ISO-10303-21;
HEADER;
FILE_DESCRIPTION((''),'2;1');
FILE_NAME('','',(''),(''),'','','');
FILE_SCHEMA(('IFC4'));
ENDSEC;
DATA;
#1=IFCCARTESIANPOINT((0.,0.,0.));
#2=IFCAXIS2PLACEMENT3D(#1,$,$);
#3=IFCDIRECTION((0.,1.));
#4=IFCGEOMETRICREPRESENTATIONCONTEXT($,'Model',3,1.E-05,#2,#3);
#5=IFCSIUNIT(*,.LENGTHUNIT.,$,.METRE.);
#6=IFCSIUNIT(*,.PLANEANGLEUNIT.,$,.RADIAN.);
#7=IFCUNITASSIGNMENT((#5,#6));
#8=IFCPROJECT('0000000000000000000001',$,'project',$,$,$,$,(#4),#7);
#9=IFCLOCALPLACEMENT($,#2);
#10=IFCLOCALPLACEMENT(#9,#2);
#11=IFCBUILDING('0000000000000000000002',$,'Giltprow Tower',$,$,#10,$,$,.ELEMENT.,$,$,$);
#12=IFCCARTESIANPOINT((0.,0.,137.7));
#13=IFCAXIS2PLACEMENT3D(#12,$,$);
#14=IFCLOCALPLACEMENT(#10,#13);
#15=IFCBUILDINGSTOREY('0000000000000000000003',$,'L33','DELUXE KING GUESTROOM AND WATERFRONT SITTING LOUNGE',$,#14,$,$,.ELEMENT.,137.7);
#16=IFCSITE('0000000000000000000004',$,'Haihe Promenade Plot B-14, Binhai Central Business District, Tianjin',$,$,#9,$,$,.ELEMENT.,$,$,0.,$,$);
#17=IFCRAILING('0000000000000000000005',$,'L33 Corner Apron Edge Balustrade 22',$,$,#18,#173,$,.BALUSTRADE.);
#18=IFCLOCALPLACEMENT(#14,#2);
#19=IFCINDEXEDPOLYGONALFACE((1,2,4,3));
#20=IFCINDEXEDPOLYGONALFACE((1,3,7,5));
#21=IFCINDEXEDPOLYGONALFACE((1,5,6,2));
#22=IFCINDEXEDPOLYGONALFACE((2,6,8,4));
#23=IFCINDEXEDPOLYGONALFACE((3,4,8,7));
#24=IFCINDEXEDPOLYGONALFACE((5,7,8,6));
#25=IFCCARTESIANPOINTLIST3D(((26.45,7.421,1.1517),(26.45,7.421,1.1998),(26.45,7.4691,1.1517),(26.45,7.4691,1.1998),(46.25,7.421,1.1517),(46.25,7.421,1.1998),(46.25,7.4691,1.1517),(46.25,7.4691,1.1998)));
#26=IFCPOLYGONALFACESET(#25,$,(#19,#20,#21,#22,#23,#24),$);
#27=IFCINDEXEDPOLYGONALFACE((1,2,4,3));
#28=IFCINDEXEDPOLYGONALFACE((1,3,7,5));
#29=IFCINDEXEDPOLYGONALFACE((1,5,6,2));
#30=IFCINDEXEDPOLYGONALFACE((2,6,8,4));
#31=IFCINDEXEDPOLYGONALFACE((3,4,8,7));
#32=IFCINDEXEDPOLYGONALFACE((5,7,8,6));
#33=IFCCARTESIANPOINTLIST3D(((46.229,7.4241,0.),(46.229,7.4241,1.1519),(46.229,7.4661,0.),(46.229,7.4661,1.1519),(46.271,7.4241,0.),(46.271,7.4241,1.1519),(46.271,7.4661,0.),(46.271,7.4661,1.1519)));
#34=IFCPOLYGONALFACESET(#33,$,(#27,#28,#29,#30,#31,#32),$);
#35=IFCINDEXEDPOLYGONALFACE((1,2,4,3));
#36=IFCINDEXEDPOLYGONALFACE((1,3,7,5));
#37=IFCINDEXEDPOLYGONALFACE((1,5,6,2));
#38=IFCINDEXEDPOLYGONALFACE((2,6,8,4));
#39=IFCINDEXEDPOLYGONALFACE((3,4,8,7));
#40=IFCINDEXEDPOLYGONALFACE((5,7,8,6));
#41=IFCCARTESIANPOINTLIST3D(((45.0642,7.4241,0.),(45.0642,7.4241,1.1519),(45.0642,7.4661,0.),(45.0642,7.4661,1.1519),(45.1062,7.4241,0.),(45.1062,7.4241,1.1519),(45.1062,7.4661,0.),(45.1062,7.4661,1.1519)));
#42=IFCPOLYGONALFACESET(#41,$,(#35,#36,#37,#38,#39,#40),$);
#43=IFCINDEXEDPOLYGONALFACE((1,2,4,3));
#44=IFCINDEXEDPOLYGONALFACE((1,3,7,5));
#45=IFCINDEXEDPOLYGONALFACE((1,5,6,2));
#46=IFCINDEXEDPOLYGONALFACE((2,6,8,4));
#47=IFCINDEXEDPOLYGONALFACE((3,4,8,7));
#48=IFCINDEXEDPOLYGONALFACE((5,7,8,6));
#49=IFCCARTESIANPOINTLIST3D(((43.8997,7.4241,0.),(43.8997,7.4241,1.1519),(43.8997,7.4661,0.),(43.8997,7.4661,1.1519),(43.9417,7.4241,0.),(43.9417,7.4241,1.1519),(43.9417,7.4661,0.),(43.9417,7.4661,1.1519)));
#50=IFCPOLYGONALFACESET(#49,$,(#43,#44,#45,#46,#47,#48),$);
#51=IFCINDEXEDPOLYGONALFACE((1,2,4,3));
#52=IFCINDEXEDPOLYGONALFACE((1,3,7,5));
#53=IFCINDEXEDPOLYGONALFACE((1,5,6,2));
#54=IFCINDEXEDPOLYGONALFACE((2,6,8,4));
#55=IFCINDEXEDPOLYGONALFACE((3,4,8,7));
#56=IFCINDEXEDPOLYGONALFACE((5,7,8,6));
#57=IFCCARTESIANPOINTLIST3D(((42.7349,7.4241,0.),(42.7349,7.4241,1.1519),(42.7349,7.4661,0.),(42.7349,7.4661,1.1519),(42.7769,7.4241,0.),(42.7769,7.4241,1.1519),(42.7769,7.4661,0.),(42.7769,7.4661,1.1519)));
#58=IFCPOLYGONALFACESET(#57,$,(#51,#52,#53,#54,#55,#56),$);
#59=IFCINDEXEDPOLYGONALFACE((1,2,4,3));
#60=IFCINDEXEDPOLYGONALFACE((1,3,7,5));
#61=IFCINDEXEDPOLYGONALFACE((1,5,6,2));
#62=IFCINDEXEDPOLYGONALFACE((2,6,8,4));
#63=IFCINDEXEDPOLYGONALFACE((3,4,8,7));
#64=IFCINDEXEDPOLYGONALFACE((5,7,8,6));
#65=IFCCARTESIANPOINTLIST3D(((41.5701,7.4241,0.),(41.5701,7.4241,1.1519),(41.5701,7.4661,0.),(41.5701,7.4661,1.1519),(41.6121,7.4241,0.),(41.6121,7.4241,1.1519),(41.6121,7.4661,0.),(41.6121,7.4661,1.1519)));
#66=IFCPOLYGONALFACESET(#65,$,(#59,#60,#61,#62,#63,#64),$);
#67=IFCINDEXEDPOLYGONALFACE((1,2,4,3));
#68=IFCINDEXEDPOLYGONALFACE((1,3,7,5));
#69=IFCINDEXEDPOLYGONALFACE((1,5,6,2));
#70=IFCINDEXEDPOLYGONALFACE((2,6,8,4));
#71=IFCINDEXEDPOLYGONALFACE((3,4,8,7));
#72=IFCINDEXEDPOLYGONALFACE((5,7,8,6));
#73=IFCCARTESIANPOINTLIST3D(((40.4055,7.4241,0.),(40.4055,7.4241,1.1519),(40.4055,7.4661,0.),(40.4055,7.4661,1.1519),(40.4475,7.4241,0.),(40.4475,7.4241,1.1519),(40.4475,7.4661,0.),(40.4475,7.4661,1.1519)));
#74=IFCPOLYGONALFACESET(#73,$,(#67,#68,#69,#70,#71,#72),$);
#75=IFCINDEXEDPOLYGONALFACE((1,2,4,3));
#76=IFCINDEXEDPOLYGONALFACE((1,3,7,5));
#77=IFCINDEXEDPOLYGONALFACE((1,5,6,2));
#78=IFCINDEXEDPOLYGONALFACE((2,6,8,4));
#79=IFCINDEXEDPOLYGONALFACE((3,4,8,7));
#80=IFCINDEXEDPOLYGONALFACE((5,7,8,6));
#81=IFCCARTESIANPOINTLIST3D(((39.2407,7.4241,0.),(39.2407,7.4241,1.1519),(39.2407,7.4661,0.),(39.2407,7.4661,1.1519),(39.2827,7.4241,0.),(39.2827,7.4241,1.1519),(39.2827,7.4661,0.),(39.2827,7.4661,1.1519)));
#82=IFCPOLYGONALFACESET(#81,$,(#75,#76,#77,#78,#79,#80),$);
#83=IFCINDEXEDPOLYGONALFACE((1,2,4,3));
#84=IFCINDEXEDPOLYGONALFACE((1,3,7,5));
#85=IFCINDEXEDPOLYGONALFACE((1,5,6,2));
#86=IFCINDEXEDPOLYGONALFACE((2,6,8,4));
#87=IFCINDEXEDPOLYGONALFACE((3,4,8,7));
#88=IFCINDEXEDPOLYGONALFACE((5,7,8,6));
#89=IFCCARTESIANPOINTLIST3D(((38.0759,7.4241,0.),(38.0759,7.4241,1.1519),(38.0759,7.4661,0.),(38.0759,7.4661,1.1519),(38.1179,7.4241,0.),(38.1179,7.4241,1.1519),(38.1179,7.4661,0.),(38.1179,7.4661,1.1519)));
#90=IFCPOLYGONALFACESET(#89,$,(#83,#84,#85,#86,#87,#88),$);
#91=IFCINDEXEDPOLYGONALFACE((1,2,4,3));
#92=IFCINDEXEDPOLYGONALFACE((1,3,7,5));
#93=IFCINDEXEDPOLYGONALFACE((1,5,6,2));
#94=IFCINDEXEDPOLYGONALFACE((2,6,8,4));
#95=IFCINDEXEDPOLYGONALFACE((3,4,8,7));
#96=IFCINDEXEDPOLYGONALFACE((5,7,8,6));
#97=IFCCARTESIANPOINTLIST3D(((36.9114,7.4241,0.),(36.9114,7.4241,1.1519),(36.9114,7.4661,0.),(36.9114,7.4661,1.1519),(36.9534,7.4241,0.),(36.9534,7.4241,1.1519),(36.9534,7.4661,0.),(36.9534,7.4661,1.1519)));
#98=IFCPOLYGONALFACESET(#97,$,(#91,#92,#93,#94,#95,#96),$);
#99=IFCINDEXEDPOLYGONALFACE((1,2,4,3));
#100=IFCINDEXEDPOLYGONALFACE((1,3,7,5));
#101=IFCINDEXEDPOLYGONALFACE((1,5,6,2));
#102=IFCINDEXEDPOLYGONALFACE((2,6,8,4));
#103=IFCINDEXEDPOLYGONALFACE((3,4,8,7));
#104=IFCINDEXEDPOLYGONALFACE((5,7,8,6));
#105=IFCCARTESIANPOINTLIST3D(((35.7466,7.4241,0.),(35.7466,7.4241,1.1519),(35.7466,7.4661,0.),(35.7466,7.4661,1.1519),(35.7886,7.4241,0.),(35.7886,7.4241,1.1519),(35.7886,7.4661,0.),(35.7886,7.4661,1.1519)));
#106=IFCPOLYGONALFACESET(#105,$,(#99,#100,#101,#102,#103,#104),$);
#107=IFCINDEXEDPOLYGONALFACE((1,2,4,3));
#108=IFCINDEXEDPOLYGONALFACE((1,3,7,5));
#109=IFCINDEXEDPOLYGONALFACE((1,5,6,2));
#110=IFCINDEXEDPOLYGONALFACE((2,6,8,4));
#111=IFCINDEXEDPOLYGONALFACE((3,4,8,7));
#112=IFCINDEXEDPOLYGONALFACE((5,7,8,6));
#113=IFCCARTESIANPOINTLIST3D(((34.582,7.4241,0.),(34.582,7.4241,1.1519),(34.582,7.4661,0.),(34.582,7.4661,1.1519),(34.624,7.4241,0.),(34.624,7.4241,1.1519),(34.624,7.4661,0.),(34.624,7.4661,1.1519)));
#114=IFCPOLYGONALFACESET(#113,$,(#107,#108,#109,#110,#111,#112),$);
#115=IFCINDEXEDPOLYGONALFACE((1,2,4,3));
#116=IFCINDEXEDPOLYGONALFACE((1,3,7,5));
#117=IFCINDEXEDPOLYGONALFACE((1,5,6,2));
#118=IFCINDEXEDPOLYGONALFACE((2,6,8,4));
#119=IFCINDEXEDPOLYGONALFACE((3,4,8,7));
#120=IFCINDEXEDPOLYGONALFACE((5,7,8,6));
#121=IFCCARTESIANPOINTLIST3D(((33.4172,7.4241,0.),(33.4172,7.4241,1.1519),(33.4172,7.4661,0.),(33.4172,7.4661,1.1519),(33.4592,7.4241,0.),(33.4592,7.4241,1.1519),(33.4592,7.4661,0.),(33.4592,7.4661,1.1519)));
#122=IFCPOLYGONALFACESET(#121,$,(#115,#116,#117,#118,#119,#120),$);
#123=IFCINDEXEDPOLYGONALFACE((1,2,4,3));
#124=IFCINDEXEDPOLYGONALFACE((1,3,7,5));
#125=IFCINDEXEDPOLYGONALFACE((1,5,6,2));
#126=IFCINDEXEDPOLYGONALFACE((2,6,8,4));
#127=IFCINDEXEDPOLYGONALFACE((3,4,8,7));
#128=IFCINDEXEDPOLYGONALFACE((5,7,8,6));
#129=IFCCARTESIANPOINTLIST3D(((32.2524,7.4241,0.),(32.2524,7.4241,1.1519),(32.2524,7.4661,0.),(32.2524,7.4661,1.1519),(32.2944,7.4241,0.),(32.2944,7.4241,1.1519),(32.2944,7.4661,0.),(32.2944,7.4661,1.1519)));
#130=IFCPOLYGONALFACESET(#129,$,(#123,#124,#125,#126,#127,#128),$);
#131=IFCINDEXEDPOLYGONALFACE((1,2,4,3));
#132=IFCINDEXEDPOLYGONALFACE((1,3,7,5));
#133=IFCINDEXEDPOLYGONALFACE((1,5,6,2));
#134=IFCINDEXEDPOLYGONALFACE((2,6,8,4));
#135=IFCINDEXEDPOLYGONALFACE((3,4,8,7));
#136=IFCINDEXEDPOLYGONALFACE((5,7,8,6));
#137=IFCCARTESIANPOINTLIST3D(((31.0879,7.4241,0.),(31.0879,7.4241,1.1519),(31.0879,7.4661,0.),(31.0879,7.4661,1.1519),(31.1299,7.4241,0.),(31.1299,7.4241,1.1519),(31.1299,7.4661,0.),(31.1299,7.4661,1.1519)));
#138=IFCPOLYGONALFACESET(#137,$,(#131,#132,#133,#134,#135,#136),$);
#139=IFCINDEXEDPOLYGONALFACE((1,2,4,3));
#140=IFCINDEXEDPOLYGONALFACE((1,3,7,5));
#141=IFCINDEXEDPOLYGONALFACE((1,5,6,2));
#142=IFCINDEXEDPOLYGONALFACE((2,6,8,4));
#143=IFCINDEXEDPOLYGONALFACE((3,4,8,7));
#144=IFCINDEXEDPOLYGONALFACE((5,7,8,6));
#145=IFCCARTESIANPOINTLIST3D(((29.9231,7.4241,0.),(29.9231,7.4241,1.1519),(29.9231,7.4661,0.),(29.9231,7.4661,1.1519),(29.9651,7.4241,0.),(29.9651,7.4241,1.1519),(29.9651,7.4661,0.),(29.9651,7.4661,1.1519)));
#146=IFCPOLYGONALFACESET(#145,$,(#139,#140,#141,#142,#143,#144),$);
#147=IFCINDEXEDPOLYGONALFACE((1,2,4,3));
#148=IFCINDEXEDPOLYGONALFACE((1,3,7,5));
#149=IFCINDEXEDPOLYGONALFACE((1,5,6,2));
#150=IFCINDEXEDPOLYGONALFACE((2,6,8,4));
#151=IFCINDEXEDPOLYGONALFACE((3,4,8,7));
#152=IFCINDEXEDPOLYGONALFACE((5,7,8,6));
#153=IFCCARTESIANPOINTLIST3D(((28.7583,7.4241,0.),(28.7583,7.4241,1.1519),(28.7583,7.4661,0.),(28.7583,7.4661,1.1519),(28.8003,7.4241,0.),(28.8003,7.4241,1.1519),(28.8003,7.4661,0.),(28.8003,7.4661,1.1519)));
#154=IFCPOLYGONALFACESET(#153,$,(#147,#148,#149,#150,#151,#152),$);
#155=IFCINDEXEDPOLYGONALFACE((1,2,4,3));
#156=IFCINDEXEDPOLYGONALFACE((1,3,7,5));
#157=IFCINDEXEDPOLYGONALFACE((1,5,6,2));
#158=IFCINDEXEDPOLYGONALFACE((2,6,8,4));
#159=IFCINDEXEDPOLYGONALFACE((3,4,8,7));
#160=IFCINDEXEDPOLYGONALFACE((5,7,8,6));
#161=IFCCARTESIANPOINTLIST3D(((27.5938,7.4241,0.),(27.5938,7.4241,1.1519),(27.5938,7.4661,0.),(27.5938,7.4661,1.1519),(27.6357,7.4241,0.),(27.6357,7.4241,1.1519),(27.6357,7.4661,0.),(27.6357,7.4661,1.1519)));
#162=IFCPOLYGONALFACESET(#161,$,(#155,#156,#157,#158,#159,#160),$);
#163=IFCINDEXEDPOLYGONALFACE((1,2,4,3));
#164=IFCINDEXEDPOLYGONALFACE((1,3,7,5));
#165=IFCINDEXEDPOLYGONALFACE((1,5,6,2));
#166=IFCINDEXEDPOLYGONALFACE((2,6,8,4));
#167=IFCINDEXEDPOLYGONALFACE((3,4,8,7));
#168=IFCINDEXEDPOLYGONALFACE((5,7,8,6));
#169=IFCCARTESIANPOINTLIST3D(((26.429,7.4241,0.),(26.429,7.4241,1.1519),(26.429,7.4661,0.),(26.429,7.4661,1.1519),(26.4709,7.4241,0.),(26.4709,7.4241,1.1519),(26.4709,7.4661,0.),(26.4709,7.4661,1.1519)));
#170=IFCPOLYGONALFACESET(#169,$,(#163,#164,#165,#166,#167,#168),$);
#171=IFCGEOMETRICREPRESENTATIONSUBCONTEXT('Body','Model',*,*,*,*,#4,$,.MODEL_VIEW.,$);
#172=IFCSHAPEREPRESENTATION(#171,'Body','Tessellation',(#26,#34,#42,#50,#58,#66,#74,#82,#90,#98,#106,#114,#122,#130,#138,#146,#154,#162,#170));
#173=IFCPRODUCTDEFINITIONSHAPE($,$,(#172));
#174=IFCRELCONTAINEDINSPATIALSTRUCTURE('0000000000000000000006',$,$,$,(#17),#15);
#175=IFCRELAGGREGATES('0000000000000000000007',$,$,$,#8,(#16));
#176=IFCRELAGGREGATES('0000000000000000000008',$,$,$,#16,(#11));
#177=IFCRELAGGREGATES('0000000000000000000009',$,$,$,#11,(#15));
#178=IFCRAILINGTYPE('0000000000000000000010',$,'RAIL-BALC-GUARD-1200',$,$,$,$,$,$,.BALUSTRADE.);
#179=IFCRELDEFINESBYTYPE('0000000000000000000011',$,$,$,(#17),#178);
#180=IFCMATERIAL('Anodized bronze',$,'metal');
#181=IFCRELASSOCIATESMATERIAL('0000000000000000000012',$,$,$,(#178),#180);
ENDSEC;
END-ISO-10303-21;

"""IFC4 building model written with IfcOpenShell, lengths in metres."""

from ifc_helpers import new_model, si_unit, direction, frame, origin, origin_2d, place, context, subcontext, project, spatial, rectangle, extrude, material, type_object, element, save


model = new_model("IFC4")

# Units and contexts
model_context = context("Model", 3, precision=1e-05, world=origin(), true_north=direction((0.0, 1.0)))
body_context = subcontext(model_context, "Body", "Model", "MODEL_VIEW")
ifc_project = project(units=[si_unit("LENGTHUNIT", "METRE"), si_unit("PLANEANGLEUNIT", "RADIAN")], contexts=[model_context])

# Site, building, storey
site_placement = place(None, origin())
site = spatial("IfcSite", under=ifc_project, at=site_placement, Name="Haihe Promenade Plot B-14, Binhai Central Business District, Tianjin", CompositionType="ELEMENT", RefElevation=0.0)
building_placement = place(site_placement, origin())
building = spatial("IfcBuilding", under=site, at=building_placement, Name="Giltprow Tower", CompositionType="ELEMENT")
storey_placement = place(building_placement, frame((0.0, 0.0, 137.7)))
storey = spatial("IfcBuildingStorey", under=building, at=storey_placement, Name="L33", Description="DELUXE KING GUESTROOM AND WATERFRONT SITTING LOUNGE", CompositionType="ELEMENT", Elevation=137.7)

# Shared definitions
ifc_material_1 = material(Name="Anodized bronze", Category="metal")

# Railing
railing_type = type_object("IfcRailingType", Name="RAIL-BALC-GUARD-1200", PredefinedType="BALUSTRADE", material=ifc_material_1)
railing_1_placement = place(storey_placement, frame((46.25, 7.4451, 0.0)))
element("IfcRailing", 1, at=railing_1_placement, inside=storey, type_object=railing_type, Name="L33 Corner Apron Edge Balustrade 22", PredefinedType="BALUSTRADE", context=body_context, shape_type="SweptSolid", body=[
    extrude(rectangle(XDim=0.0481, YDim=0.0481, at=origin_2d()), frame((0.0, 0.0, 1.1758), z_axis=(-1.0, 0.0, 0.0), x_axis=(0.0, -1.0, 0.0)), (0.0, 0.0, 1.0), 19.8),
    extrude(rectangle(XDim=0.042, YDim=0.042, at=origin_2d()), origin(), (0.0, 0.0, 1.0), 1.1519),
    extrude(rectangle(XDim=0.042, YDim=0.042, at=origin_2d()), frame((-1.1648, 0.0, 0.0)), (0.0, 0.0, 1.0), 1.1519),
    extrude(rectangle(XDim=0.042, YDim=0.042, at=origin_2d()), frame((-2.3293, 0.0, 0.0)), (0.0, 0.0, 1.0), 1.1519),
    extrude(rectangle(XDim=0.042, YDim=0.042, at=origin_2d()), frame((-3.4941, 0.0, 0.0)), (0.0, 0.0, 1.0), 1.1519),
    extrude(rectangle(XDim=0.042, YDim=0.042, at=origin_2d()), frame((-4.6589, 0.0, 0.0)), (0.0, 0.0, 1.0), 1.1519),
    extrude(rectangle(XDim=0.042, YDim=0.042, at=origin_2d()), frame((-5.8235, 0.0, 0.0)), (0.0, 0.0, 1.0), 1.1519),
    extrude(rectangle(XDim=0.042, YDim=0.042, at=origin_2d()), frame((-6.9883, 0.0, 0.0)), (0.0, 0.0, 1.0), 1.1519),
    extrude(rectangle(XDim=0.042, YDim=0.042, at=origin_2d()), frame((-8.1531, 0.0, 0.0)), (0.0, 0.0, 1.0), 1.1519),
    extrude(rectangle(XDim=0.042, YDim=0.042, at=origin_2d()), frame((-9.3176, 0.0, 0.0)), (0.0, 0.0, 1.0), 1.1519),
    extrude(rectangle(XDim=0.042, YDim=0.042, at=origin_2d()), frame((-10.4824, 0.0, 0.0)), (0.0, 0.0, 1.0), 1.1519),
    extrude(rectangle(XDim=0.042, YDim=0.042, at=origin_2d()), frame((-11.647, 0.0, 0.0)), (0.0, 0.0, 1.0), 1.1519),
    extrude(rectangle(XDim=0.042, YDim=0.042, at=origin_2d()), frame((-12.8118, 0.0, 0.0)), (0.0, 0.0, 1.0), 1.1519),
    extrude(rectangle(XDim=0.042, YDim=0.042, at=origin_2d()), frame((-13.9766, 0.0, 0.0)), (0.0, 0.0, 1.0), 1.1519),
    extrude(rectangle(XDim=0.042, YDim=0.042, at=origin_2d()), frame((-15.1411, 0.0, 0.0)), (0.0, 0.0, 1.0), 1.1519),
    extrude(rectangle(XDim=0.042, YDim=0.042, at=origin_2d()), frame((-16.3059, 0.0, 0.0)), (0.0, 0.0, 1.0), 1.1519),
    extrude(rectangle(XDim=0.042, YDim=0.042, at=origin_2d()), frame((-17.4707, 0.0, 0.0)), (0.0, 0.0, 1.0), 1.1519),
    extrude(rectangle(XDim=0.042, YDim=0.042, at=origin_2d()), frame((-18.6353, 0.0, 0.0)), (0.0, 0.0, 1.0), 1.1519),
    extrude(rectangle(XDim=0.042, YDim=0.042, at=origin_2d()), frame((-19.8, 0.0, 0.0)), (0.0, 0.0, 1.0), 1.1519),
])

save(model, "model.ifc")
